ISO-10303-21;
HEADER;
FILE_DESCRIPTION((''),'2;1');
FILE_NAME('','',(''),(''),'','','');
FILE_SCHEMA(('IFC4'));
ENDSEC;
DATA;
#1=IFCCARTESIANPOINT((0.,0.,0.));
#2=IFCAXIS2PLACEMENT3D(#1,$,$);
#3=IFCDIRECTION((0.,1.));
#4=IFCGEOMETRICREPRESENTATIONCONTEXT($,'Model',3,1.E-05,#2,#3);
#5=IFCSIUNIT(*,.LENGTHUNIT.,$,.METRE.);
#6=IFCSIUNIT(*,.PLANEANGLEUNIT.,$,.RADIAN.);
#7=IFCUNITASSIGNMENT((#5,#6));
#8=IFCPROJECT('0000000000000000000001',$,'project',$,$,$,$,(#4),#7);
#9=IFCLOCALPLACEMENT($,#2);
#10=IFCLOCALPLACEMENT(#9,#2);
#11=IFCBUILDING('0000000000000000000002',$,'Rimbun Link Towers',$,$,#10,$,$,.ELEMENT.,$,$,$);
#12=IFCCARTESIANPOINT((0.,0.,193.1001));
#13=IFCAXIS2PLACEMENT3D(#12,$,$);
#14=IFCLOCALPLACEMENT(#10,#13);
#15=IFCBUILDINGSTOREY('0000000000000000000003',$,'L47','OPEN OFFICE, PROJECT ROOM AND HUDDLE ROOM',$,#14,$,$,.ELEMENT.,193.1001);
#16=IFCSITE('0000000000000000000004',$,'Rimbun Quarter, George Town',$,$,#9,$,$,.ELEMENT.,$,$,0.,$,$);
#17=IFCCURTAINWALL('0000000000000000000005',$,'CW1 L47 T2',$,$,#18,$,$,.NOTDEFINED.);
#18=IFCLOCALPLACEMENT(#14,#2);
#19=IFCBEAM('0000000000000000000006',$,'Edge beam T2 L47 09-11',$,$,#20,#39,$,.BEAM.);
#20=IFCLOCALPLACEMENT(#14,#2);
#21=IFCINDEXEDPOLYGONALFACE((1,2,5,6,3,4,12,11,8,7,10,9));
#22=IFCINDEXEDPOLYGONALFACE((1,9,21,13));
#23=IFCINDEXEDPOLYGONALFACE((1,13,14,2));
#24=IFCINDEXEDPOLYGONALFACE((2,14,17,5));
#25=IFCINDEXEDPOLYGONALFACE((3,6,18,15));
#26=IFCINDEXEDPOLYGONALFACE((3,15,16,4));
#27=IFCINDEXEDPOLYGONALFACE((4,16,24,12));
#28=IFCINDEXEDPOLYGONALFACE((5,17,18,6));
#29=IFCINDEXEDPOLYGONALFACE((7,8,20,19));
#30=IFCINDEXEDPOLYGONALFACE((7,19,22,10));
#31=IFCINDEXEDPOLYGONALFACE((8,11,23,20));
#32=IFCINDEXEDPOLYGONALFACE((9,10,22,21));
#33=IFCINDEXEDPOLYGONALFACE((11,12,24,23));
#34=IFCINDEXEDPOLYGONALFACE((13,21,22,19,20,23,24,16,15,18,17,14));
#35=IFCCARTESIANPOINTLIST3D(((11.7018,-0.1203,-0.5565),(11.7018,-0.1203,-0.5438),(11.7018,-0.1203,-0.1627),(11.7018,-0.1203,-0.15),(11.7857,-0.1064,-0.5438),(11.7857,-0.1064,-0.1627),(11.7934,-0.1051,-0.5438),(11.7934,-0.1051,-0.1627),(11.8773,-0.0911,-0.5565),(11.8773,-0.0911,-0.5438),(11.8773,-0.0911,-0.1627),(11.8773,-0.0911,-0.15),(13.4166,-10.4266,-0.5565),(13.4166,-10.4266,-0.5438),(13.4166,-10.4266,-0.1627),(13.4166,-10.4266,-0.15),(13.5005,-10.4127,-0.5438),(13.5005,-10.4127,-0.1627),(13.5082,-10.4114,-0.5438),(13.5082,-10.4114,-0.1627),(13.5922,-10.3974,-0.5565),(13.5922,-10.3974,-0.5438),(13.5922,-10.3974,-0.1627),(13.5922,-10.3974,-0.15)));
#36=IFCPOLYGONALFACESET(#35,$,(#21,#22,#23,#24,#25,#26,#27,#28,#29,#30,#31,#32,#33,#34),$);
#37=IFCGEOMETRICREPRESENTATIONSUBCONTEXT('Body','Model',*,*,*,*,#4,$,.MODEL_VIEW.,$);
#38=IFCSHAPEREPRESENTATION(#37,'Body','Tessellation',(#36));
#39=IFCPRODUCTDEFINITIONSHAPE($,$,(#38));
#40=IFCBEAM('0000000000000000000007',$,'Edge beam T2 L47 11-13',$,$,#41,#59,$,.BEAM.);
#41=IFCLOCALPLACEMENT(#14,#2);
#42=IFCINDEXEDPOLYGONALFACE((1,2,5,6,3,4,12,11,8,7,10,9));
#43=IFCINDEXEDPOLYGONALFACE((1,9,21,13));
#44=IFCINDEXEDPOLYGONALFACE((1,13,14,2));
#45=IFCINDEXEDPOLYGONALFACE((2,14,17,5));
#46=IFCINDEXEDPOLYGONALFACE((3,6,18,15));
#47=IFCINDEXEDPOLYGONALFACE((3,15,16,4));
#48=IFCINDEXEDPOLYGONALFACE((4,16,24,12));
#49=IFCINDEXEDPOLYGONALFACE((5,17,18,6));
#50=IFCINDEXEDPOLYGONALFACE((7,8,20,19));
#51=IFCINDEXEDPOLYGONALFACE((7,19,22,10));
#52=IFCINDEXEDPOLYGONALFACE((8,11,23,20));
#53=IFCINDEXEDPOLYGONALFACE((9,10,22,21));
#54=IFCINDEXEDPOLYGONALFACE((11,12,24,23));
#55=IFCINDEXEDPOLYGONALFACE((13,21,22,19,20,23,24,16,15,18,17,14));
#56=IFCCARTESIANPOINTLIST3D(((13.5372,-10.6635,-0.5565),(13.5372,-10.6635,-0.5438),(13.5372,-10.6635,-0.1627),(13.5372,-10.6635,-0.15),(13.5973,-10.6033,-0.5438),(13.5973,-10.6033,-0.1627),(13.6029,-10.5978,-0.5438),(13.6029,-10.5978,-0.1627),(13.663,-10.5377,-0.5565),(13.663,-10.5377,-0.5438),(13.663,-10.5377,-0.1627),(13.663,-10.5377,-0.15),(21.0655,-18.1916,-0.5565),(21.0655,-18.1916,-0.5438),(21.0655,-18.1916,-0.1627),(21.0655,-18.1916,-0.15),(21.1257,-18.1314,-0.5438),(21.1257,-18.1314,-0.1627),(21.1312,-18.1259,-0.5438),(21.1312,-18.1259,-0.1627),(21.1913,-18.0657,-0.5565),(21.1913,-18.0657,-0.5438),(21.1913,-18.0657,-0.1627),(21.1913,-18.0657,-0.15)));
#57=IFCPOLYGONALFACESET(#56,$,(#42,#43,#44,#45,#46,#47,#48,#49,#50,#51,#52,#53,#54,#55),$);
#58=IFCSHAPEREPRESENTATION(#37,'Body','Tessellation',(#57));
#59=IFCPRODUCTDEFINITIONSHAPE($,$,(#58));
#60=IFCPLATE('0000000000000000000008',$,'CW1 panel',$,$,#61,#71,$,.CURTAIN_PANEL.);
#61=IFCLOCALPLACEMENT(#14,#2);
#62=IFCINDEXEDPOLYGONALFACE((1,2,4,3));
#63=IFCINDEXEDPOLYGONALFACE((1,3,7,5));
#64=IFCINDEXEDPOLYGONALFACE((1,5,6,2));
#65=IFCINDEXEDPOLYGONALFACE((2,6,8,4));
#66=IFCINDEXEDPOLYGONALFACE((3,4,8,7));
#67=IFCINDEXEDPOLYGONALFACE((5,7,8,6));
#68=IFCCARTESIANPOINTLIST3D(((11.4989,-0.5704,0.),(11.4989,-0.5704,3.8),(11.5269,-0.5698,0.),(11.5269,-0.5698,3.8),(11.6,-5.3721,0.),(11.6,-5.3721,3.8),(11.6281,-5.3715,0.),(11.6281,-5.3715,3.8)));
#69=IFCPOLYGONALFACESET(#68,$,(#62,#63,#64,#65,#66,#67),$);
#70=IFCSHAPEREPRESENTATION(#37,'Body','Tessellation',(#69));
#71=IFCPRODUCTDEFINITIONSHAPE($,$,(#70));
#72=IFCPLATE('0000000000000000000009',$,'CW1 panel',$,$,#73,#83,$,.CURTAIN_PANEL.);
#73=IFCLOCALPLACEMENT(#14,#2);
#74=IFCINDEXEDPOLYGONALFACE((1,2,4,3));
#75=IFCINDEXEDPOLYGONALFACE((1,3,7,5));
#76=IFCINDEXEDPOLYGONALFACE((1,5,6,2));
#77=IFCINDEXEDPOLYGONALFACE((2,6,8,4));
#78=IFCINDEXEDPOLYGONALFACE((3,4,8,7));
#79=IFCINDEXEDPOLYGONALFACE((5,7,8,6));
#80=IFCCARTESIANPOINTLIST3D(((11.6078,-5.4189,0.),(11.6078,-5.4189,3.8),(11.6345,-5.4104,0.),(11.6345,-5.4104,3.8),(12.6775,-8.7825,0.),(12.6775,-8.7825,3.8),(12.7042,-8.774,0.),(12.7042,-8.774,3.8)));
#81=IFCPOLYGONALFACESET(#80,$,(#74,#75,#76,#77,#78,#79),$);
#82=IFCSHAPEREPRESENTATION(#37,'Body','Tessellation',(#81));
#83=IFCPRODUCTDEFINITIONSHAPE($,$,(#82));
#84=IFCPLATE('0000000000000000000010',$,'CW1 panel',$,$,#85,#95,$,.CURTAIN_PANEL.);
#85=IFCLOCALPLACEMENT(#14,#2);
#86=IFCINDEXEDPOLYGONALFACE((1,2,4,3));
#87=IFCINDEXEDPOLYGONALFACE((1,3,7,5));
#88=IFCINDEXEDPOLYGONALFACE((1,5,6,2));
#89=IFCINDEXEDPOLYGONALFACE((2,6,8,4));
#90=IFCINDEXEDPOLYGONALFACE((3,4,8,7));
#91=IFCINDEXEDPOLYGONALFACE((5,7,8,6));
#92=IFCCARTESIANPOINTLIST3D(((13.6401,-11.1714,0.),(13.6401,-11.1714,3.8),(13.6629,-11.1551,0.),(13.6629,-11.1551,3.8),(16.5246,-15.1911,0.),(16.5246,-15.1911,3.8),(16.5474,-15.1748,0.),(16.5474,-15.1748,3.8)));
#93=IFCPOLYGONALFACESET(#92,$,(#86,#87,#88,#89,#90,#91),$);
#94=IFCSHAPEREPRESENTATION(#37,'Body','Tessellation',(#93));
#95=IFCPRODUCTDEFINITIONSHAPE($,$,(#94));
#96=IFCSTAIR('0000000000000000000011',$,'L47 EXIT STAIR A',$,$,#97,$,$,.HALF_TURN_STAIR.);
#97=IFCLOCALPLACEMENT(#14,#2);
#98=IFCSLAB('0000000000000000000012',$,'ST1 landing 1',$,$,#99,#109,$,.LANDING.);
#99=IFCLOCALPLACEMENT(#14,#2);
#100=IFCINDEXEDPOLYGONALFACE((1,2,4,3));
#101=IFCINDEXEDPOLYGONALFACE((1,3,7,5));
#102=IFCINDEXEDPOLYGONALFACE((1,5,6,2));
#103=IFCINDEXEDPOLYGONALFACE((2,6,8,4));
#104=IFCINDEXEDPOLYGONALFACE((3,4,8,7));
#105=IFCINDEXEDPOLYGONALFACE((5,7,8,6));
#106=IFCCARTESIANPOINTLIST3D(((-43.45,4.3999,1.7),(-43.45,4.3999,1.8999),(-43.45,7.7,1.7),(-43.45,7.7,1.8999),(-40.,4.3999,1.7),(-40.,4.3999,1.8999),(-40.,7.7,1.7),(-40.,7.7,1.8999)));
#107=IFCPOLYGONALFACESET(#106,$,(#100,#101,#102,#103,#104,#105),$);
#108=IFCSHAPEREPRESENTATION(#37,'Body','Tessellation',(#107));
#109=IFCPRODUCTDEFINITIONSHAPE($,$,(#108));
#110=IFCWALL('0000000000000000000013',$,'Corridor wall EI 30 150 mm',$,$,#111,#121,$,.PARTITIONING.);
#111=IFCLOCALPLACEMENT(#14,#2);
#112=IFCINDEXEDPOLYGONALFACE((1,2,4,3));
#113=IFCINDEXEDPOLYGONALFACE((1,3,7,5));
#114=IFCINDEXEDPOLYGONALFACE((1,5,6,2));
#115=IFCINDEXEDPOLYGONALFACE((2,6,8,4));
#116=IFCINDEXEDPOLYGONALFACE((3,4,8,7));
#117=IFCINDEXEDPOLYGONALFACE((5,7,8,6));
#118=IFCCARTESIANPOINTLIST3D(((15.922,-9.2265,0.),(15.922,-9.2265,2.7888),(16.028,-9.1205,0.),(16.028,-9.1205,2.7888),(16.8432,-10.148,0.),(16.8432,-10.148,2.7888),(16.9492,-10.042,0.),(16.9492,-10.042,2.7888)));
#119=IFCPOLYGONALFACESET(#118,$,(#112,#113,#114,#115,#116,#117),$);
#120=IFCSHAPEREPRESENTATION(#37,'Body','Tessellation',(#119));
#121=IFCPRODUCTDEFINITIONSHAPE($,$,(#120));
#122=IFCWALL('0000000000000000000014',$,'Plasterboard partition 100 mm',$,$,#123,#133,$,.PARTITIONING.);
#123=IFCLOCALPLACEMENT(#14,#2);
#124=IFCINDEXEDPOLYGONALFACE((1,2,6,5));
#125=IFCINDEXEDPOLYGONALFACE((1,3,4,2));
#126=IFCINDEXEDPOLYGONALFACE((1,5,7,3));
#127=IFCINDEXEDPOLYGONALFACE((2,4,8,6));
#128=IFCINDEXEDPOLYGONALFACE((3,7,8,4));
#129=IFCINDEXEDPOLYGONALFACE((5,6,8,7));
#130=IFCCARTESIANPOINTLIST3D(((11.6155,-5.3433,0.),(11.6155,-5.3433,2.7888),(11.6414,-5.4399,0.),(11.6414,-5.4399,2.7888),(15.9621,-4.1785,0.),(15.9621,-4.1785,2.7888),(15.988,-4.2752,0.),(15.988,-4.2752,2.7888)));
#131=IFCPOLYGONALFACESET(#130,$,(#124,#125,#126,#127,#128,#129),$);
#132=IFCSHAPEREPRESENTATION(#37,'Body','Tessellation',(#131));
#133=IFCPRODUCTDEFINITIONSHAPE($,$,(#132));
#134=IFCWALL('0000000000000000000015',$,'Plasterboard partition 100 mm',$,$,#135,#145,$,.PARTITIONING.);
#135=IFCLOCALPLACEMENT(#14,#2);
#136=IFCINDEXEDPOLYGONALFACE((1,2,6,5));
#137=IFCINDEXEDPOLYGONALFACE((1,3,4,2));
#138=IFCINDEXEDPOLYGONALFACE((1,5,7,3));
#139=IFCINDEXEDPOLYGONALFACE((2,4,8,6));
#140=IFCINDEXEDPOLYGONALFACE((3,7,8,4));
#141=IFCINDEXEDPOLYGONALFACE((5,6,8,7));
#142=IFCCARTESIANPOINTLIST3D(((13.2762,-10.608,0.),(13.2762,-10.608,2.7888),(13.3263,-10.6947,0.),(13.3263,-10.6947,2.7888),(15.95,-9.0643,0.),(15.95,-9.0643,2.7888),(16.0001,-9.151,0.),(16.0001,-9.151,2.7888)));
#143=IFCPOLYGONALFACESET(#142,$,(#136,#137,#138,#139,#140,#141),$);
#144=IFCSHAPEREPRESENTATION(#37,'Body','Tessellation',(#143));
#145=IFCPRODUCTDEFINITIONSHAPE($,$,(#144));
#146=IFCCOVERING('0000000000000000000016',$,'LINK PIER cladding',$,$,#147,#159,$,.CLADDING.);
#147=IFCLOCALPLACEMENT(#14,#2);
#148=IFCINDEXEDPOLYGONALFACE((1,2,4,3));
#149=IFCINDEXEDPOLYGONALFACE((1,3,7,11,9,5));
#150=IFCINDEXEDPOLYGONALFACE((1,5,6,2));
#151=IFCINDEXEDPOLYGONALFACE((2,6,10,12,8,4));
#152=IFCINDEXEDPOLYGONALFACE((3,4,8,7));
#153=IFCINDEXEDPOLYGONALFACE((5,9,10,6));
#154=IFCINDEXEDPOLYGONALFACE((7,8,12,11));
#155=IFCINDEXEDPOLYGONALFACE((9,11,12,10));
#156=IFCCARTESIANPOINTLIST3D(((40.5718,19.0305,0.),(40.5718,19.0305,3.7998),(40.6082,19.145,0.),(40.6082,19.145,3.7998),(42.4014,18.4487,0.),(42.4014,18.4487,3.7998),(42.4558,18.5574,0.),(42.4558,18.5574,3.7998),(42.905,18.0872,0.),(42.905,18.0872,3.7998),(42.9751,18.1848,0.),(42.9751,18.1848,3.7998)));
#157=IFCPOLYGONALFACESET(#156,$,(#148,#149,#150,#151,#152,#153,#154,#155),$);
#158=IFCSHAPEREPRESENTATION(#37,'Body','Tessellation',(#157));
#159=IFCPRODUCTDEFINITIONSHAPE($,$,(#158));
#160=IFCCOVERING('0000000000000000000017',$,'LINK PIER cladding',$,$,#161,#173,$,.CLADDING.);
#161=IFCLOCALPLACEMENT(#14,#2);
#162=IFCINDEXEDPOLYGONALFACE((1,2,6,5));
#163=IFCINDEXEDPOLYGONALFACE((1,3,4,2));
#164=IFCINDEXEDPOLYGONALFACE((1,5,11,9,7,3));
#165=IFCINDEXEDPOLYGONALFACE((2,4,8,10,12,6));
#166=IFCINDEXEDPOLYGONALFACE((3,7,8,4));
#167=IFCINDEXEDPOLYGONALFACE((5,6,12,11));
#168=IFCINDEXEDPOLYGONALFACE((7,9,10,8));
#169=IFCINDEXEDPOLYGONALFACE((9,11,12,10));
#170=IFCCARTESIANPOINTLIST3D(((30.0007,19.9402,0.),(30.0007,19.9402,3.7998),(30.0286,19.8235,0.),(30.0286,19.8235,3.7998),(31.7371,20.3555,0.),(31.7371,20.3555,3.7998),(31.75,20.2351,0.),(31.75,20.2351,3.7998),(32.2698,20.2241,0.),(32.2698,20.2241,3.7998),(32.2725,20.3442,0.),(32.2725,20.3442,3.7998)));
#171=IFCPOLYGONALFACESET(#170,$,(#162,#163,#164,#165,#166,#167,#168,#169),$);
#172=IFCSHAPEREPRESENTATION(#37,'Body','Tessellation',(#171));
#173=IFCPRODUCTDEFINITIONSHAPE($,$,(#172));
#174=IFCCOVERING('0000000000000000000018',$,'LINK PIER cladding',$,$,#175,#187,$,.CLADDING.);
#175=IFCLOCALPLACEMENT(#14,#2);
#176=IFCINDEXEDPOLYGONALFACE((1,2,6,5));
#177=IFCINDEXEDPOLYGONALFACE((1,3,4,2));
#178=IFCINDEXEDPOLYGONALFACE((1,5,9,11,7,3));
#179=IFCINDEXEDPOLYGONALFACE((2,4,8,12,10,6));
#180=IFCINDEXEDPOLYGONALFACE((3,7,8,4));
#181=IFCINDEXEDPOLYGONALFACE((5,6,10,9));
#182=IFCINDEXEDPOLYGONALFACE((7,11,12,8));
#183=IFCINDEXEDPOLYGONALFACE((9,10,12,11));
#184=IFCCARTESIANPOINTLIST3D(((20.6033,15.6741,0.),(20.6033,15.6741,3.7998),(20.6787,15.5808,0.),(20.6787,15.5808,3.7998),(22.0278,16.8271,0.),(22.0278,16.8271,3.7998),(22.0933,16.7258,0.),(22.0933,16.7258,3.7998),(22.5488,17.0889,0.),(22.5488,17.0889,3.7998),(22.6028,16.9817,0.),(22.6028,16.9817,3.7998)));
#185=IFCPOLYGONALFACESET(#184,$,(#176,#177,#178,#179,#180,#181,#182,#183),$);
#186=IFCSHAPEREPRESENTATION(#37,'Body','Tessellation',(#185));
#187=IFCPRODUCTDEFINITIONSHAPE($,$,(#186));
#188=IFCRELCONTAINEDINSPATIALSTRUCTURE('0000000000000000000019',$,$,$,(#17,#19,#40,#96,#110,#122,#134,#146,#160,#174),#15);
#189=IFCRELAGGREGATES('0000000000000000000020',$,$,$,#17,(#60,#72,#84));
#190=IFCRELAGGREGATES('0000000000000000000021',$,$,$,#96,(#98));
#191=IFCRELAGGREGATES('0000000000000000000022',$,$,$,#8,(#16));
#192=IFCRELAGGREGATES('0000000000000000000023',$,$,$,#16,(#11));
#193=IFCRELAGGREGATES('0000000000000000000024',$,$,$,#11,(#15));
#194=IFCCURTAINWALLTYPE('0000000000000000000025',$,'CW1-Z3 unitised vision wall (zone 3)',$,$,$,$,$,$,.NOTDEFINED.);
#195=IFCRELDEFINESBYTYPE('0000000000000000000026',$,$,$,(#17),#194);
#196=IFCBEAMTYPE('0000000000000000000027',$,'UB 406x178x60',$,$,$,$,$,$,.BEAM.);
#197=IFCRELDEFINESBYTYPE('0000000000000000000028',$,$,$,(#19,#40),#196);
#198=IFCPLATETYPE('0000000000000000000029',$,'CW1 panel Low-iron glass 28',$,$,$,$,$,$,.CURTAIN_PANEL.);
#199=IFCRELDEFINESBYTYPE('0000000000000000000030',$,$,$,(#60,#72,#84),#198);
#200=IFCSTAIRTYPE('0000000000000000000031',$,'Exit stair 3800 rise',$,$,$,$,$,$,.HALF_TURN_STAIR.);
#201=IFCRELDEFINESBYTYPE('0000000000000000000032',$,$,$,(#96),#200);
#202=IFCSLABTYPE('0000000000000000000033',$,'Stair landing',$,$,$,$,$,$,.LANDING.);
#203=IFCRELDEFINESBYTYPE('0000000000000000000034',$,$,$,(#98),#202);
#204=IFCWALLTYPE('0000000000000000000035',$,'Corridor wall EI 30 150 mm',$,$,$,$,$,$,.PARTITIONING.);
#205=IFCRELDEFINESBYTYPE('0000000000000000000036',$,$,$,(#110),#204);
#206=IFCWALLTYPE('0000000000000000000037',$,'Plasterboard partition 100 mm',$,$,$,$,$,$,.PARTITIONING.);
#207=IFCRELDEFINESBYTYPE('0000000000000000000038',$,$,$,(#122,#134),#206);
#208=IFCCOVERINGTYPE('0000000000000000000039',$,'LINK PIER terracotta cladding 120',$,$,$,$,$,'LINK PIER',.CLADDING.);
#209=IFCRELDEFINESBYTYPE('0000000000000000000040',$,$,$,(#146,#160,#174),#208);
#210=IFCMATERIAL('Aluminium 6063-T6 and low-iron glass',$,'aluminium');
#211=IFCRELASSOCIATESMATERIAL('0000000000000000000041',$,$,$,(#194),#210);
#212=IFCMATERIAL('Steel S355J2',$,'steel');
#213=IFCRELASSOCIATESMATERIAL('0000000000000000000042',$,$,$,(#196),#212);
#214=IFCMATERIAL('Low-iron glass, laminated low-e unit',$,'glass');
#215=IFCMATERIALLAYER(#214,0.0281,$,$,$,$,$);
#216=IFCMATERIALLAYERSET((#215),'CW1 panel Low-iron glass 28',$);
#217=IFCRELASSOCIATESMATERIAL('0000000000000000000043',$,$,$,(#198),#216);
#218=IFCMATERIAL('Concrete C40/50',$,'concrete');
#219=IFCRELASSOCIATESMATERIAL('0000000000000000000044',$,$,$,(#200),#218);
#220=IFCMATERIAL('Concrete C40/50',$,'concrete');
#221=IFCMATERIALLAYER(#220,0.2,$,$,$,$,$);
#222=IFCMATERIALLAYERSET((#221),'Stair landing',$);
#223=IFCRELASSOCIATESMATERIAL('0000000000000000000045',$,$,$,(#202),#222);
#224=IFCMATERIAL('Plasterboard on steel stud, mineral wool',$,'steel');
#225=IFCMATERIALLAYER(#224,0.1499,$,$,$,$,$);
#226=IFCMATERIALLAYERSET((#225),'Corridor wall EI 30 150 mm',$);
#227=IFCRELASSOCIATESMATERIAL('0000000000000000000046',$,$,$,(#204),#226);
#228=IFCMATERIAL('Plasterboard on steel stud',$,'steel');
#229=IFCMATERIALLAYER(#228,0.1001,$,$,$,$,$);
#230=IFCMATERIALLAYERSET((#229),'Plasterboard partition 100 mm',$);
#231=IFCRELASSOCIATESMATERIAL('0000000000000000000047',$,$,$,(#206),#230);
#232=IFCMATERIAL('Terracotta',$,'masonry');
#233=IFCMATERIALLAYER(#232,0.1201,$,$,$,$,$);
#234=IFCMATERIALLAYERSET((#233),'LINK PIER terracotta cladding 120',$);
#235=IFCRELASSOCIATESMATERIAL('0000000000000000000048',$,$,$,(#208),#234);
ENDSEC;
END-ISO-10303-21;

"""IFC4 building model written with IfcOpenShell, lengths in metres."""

from ifc_helpers import new_model, si_unit, direction, frame, frame_2d, origin, origin_2d, place, context, subcontext, project, spatial, polyline, rectangle, i_section, outline, extrude, material, layer, layer_set, material_profile, profile_set, type_object, element, aggregate, save


model = new_model("IFC4")

# Units and contexts
model_context = context("Model", 3, precision=1e-05, world=origin(), true_north=direction((0.0, 1.0)))
body_context = subcontext(model_context, "Body", "Model", "MODEL_VIEW")
ifc_project = project(units=[si_unit("LENGTHUNIT", "METRE"), si_unit("PLANEANGLEUNIT", "RADIAN")], contexts=[model_context])

# Site, building, storey
site_placement = place(None, origin())
site = spatial("IfcSite", under=ifc_project, at=site_placement, Name="Rimbun Quarter, George Town", CompositionType="ELEMENT", RefElevation=0.0)
building_placement = place(site_placement, origin())
building = spatial("IfcBuilding", under=site, at=building_placement, Name="Rimbun Link Towers", CompositionType="ELEMENT")
storey_placement = place(building_placement, frame((0.0, 0.0, 193.1001)))
storey = spatial("IfcBuildingStorey", under=building, at=storey_placement, Name="L47", Description="OPEN OFFICE, PROJECT ROOM AND HUDDLE ROOM", CompositionType="ELEMENT", Elevation=193.1001)

# Curtain wall
ifc_material_1 = material(Name="Aluminium 6063-T6 and low-iron glass", Category="aluminium")
curtain_wall_type = type_object("IfcCurtainWallType", Name="CW1-Z3 unitised vision wall (zone 3)", PredefinedType="NOTDEFINED", material=ifc_material_1)
curtain_wall_placement = place(storey_placement, origin())
curtain_wall = element("IfcCurtainWall", 1, at=curtain_wall_placement, inside=storey, type_object=curtain_wall_type, Name="CW1 L47 T2", PredefinedType="NOTDEFINED")

# Beams
ifc_material_2 = material(Name="Steel S355J2", Category="steel")
ifc_material_profile_1 = material_profile(ifc_material_2, i_section(OverallWidth=0.178, OverallDepth=0.4065, WebThickness=0.0078, FlangeThickness=0.0127, at=origin_2d()), Name="UB 406x178x60")
ifc_profile_set_1 = profile_set([ifc_material_profile_1], Name="Steel S355J2")
beam_type_1 = type_object("IfcBeamType", Name="UB 406x178x60", PredefinedType="BEAM", material=ifc_profile_set_1)
beam_1_placement = place(storey_placement, frame((11.7896, -0.1057, -0.3533), z_axis=(0.16413, -0.986439, 0.0), x_axis=(0.986439, 0.16413, 0.0)))
element("IfcBeam", 2, at=beam_1_placement, inside=storey, type_object=beam_type_1, Name="Edge beam T2 L47 09-11", PredefinedType="BEAM", context=body_context, shape_type="SweptSolid", body=[
    extrude(i_section(OverallWidth=0.178, OverallDepth=0.4065, WebThickness=0.0078, FlangeThickness=0.0127, at=origin_2d()), origin(), (0.0, 0.0, 1.0), 10.448),
])
beam_2_placement = place(storey_placement, frame((13.6001, -10.6006, -0.3533), z_axis=(0.707118, -0.707095, 0.0), x_axis=(0.707095, 0.707118, 0.0)))
element("IfcBeam", 3, at=beam_2_placement, inside=storey, type_object=beam_type_1, Name="Edge beam T2 L47 11-13", PredefinedType="BEAM", context=body_context, shape_type="SweptSolid", body=[
    extrude(i_section(OverallWidth=0.178, OverallDepth=0.4065, WebThickness=0.0078, FlangeThickness=0.0127, at=origin_2d()), origin(), (0.0, 0.0, 1.0), 10.6465),
])

# Plates
ifc_material_3 = material(Name="Low-iron glass, laminated low-e unit", Category="glass")
ifc_layer_1 = layer(ifc_material_3, 0.0281)
ifc_layer_set_1 = layer_set([ifc_layer_1], Name="CW1 panel Low-iron glass 28")
plate_type = type_object("IfcPlateType", Name="CW1 panel Low-iron glass 28", PredefinedType="CURTAIN_PANEL", material=ifc_layer_set_1)
plate_1_placement = place(storey_placement, frame((11.5635, -2.9709, 0.0), z_axis=(0.0, 0.0, 1.0), x_axis=(-0.021066, 0.999778, 0.0)))
plate_1 = element("IfcPlate", 4, at=plate_1_placement, type_object=plate_type, Name="CW1 panel", PredefinedType="CURTAIN_PANEL", context=body_context, shape_type="SweptSolid", body=[
    extrude(rectangle(XDim=4.8027, YDim=0.0281, at=origin_2d()), origin(), (0.0, 0.0, 1.0), 3.8),
])
plate_2_placement = place(storey_placement, frame((12.156, -7.0964, 0.0), z_axis=(0.0, 0.0, 1.0), x_axis=(-0.303071, 0.952968, 0.0)))
plate_2 = element("IfcPlate", 5, at=plate_2_placement, type_object=plate_type, Name="CW1 panel", PredefinedType="CURTAIN_PANEL", context=body_context, shape_type="SweptSolid", body=[
    extrude(rectangle(XDim=3.5295, YDim=0.0281, at=origin_2d()), origin(), (0.0, 0.0, 1.0), 3.8),
])
plate_3_placement = place(storey_placement, frame((15.0938, -13.1731, 0.0), z_axis=(0.0, 0.0, 1.0), x_axis=(-0.583009, 0.812465, 0.0)))
plate_3 = element("IfcPlate", 6, at=plate_3_placement, type_object=plate_type, Name="CW1 panel", PredefinedType="CURTAIN_PANEL", context=body_context, shape_type="SweptSolid", body=[
    extrude(rectangle(XDim=4.9475, YDim=0.0281, at=origin_2d()), origin(), (0.0, 0.0, 1.0), 3.8),
])
aggregate(curtain_wall, [plate_1, plate_2, plate_3])

# Stair, slab
ifc_material_4 = material(Name="Concrete C40/50", Category="concrete")
stair_type = type_object("IfcStairType", Name="Exit stair 3800 rise", PredefinedType="HALF_TURN_STAIR", material=ifc_material_4)
stair_placement = place(storey_placement, origin())
stair = element("IfcStair", 7, at=stair_placement, inside=storey, type_object=stair_type, Name="L47 EXIT STAIR A", PredefinedType="HALF_TURN_STAIR")
ifc_material_5 = material(Name="Concrete C40/50", Category="concrete")
ifc_layer_2 = layer(ifc_material_5, 0.2)
ifc_layer_set_2 = layer_set([ifc_layer_2], Name="Stair landing")
slab_type = type_object("IfcSlabType", Name="Stair landing", PredefinedType="LANDING", material=ifc_layer_set_2)
slab_placement = place(storey_placement, frame((0.0, 0.0, 1.7)))
slab = element("IfcSlab", 8, at=slab_placement, type_object=slab_type, Name="ST1 landing 1", PredefinedType="LANDING", context=body_context, shape_type="SweptSolid", body=[
    extrude(outline(polyline([(-40.0, 7.7), (-43.45, 7.7), (-43.45, 4.3999), (-40.0, 4.3999), (-40.0, 7.7)])), origin(), (0.0, 0.0, 1.0), 0.2),
])
aggregate(stair, [slab])

# Walls
ifc_material_6 = material(Name="Plasterboard on steel stud, mineral wool", Category="steel")
ifc_layer_3 = layer(ifc_material_6, 0.1499)
ifc_layer_set_3 = layer_set([ifc_layer_3], Name="Corridor wall EI 30 150 mm")
wall_type_1 = type_object("IfcWallType", Name="Corridor wall EI 30 150 mm", PredefinedType="PARTITIONING", material=ifc_layer_set_3)
wall_1_placement = place(storey_placement, frame((15.9751, -9.1736, 0.0), z_axis=(0.0, 0.0, 1.0), x_axis=(0.707013, -0.7072, 0.0)))
element("IfcWall", 9, at=wall_1_placement, inside=storey, type_object=wall_type_1, Name="Corridor wall EI 30 150 mm", PredefinedType="PARTITIONING", context=body_context, shape_type="SweptSolid", body=[
    extrude(rectangle(XDim=1.303, YDim=0.1499, at=frame_2d((0.6514, 0.0))), origin(), (0.0, 0.0, 1.0), 2.7888),
])
ifc_material_7 = material(Name="Plasterboard on steel stud", Category="steel")
ifc_layer_4 = layer(ifc_material_7, 0.1001)
ifc_layer_set_4 = layer_set([ifc_layer_4], Name="Plasterboard partition 100 mm")
wall_type_2 = type_object("IfcWallType", Name="Plasterboard partition 100 mm", PredefinedType="PARTITIONING", material=ifc_layer_set_4)
wall_2_placement = place(storey_placement, frame((11.6284, -5.3916, 0.0), z_axis=(0.0, 0.0, 1.0), x_axis=(0.96592, 0.258841, 0.0)))
element("IfcWall", 10, at=wall_2_placement, inside=storey, type_object=wall_type_2, Name="Plasterboard partition 100 mm", PredefinedType="PARTITIONING", context=body_context, shape_type="SweptSolid", body=[
    extrude(rectangle(XDim=4.5, YDim=0.1001, at=frame_2d((2.25, 0.0))), origin(), (0.0, 0.0, 1.0), 2.7888),
])
wall_3_placement = place(storey_placement, frame((13.3013, -10.6514, 0.0), z_axis=(0.0, 0.0, 1.0), x_axis=(0.86603, 0.499992, 0.0)))
element("IfcWall", 11, at=wall_3_placement, inside=storey, type_object=wall_type_2, Name="Plasterboard partition 100 mm", PredefinedType="PARTITIONING", context=body_context, shape_type="SweptSolid", body=[
    extrude(rectangle(XDim=3.0874, YDim=0.1001, at=frame_2d((1.5437, 0.0))), origin(), (0.0, 0.0, 1.0), 2.7888),
])

# Coverings
ifc_material_8 = material(Name="Terracotta", Category="masonry")
ifc_layer_5 = layer(ifc_material_8, 0.1201)
ifc_layer_set_5 = layer_set([ifc_layer_5], Name="LINK PIER terracotta cladding 120")
covering_type_1 = type_object("IfcCoveringType", Name="LINK PIER terracotta cladding 120", ElementType="LINK PIER", PredefinedType="CLADDING", material=ifc_layer_set_5)
covering_1_placement = place(storey_placement, origin())
element("IfcCovering", 12, at=covering_1_placement, inside=storey, type_object=covering_type_1, Name="LINK PIER cladding", PredefinedType="CLADDING", context=body_context, shape_type="SweptSolid", body=[
    extrude(outline(polyline([(40.5718, 19.0305), (42.4014, 18.4487), (42.905, 18.0872), (42.9751, 18.1848), (42.4558, 18.5574), (40.6082, 19.145), (40.5718, 19.0305)])), origin(), (0.0, 0.0, 1.0), 3.7998),
])
covering_2_placement = place(storey_placement, origin())
element("IfcCovering", 13, at=covering_2_placement, inside=storey, type_object=covering_type_1, Name="LINK PIER cladding", PredefinedType="CLADDING", context=body_context, shape_type="SweptSolid", body=[
    extrude(outline(polyline([(30.0286, 19.8235), (31.75, 20.2351), (32.2698, 20.2241), (32.2725, 20.3442), (31.7371, 20.3555), (30.0007, 19.9402), (30.0286, 19.8235)])), origin(), (0.0, 0.0, 1.0), 3.7998),
])
covering_3_placement = place(storey_placement, origin())
element("IfcCovering", 14, at=covering_3_placement, inside=storey, type_object=covering_type_1, Name="LINK PIER cladding", PredefinedType="CLADDING", context=body_context, shape_type="SweptSolid", body=[
    extrude(outline(polyline([(20.6787, 15.5808), (22.0933, 16.7258), (22.6028, 16.9817), (22.5488, 17.0889), (22.0278, 16.8271), (20.6033, 15.6741), (20.6787, 15.5808)])), origin(), (0.0, 0.0, 1.0), 3.7998),
])

save(model, "model.ifc")
